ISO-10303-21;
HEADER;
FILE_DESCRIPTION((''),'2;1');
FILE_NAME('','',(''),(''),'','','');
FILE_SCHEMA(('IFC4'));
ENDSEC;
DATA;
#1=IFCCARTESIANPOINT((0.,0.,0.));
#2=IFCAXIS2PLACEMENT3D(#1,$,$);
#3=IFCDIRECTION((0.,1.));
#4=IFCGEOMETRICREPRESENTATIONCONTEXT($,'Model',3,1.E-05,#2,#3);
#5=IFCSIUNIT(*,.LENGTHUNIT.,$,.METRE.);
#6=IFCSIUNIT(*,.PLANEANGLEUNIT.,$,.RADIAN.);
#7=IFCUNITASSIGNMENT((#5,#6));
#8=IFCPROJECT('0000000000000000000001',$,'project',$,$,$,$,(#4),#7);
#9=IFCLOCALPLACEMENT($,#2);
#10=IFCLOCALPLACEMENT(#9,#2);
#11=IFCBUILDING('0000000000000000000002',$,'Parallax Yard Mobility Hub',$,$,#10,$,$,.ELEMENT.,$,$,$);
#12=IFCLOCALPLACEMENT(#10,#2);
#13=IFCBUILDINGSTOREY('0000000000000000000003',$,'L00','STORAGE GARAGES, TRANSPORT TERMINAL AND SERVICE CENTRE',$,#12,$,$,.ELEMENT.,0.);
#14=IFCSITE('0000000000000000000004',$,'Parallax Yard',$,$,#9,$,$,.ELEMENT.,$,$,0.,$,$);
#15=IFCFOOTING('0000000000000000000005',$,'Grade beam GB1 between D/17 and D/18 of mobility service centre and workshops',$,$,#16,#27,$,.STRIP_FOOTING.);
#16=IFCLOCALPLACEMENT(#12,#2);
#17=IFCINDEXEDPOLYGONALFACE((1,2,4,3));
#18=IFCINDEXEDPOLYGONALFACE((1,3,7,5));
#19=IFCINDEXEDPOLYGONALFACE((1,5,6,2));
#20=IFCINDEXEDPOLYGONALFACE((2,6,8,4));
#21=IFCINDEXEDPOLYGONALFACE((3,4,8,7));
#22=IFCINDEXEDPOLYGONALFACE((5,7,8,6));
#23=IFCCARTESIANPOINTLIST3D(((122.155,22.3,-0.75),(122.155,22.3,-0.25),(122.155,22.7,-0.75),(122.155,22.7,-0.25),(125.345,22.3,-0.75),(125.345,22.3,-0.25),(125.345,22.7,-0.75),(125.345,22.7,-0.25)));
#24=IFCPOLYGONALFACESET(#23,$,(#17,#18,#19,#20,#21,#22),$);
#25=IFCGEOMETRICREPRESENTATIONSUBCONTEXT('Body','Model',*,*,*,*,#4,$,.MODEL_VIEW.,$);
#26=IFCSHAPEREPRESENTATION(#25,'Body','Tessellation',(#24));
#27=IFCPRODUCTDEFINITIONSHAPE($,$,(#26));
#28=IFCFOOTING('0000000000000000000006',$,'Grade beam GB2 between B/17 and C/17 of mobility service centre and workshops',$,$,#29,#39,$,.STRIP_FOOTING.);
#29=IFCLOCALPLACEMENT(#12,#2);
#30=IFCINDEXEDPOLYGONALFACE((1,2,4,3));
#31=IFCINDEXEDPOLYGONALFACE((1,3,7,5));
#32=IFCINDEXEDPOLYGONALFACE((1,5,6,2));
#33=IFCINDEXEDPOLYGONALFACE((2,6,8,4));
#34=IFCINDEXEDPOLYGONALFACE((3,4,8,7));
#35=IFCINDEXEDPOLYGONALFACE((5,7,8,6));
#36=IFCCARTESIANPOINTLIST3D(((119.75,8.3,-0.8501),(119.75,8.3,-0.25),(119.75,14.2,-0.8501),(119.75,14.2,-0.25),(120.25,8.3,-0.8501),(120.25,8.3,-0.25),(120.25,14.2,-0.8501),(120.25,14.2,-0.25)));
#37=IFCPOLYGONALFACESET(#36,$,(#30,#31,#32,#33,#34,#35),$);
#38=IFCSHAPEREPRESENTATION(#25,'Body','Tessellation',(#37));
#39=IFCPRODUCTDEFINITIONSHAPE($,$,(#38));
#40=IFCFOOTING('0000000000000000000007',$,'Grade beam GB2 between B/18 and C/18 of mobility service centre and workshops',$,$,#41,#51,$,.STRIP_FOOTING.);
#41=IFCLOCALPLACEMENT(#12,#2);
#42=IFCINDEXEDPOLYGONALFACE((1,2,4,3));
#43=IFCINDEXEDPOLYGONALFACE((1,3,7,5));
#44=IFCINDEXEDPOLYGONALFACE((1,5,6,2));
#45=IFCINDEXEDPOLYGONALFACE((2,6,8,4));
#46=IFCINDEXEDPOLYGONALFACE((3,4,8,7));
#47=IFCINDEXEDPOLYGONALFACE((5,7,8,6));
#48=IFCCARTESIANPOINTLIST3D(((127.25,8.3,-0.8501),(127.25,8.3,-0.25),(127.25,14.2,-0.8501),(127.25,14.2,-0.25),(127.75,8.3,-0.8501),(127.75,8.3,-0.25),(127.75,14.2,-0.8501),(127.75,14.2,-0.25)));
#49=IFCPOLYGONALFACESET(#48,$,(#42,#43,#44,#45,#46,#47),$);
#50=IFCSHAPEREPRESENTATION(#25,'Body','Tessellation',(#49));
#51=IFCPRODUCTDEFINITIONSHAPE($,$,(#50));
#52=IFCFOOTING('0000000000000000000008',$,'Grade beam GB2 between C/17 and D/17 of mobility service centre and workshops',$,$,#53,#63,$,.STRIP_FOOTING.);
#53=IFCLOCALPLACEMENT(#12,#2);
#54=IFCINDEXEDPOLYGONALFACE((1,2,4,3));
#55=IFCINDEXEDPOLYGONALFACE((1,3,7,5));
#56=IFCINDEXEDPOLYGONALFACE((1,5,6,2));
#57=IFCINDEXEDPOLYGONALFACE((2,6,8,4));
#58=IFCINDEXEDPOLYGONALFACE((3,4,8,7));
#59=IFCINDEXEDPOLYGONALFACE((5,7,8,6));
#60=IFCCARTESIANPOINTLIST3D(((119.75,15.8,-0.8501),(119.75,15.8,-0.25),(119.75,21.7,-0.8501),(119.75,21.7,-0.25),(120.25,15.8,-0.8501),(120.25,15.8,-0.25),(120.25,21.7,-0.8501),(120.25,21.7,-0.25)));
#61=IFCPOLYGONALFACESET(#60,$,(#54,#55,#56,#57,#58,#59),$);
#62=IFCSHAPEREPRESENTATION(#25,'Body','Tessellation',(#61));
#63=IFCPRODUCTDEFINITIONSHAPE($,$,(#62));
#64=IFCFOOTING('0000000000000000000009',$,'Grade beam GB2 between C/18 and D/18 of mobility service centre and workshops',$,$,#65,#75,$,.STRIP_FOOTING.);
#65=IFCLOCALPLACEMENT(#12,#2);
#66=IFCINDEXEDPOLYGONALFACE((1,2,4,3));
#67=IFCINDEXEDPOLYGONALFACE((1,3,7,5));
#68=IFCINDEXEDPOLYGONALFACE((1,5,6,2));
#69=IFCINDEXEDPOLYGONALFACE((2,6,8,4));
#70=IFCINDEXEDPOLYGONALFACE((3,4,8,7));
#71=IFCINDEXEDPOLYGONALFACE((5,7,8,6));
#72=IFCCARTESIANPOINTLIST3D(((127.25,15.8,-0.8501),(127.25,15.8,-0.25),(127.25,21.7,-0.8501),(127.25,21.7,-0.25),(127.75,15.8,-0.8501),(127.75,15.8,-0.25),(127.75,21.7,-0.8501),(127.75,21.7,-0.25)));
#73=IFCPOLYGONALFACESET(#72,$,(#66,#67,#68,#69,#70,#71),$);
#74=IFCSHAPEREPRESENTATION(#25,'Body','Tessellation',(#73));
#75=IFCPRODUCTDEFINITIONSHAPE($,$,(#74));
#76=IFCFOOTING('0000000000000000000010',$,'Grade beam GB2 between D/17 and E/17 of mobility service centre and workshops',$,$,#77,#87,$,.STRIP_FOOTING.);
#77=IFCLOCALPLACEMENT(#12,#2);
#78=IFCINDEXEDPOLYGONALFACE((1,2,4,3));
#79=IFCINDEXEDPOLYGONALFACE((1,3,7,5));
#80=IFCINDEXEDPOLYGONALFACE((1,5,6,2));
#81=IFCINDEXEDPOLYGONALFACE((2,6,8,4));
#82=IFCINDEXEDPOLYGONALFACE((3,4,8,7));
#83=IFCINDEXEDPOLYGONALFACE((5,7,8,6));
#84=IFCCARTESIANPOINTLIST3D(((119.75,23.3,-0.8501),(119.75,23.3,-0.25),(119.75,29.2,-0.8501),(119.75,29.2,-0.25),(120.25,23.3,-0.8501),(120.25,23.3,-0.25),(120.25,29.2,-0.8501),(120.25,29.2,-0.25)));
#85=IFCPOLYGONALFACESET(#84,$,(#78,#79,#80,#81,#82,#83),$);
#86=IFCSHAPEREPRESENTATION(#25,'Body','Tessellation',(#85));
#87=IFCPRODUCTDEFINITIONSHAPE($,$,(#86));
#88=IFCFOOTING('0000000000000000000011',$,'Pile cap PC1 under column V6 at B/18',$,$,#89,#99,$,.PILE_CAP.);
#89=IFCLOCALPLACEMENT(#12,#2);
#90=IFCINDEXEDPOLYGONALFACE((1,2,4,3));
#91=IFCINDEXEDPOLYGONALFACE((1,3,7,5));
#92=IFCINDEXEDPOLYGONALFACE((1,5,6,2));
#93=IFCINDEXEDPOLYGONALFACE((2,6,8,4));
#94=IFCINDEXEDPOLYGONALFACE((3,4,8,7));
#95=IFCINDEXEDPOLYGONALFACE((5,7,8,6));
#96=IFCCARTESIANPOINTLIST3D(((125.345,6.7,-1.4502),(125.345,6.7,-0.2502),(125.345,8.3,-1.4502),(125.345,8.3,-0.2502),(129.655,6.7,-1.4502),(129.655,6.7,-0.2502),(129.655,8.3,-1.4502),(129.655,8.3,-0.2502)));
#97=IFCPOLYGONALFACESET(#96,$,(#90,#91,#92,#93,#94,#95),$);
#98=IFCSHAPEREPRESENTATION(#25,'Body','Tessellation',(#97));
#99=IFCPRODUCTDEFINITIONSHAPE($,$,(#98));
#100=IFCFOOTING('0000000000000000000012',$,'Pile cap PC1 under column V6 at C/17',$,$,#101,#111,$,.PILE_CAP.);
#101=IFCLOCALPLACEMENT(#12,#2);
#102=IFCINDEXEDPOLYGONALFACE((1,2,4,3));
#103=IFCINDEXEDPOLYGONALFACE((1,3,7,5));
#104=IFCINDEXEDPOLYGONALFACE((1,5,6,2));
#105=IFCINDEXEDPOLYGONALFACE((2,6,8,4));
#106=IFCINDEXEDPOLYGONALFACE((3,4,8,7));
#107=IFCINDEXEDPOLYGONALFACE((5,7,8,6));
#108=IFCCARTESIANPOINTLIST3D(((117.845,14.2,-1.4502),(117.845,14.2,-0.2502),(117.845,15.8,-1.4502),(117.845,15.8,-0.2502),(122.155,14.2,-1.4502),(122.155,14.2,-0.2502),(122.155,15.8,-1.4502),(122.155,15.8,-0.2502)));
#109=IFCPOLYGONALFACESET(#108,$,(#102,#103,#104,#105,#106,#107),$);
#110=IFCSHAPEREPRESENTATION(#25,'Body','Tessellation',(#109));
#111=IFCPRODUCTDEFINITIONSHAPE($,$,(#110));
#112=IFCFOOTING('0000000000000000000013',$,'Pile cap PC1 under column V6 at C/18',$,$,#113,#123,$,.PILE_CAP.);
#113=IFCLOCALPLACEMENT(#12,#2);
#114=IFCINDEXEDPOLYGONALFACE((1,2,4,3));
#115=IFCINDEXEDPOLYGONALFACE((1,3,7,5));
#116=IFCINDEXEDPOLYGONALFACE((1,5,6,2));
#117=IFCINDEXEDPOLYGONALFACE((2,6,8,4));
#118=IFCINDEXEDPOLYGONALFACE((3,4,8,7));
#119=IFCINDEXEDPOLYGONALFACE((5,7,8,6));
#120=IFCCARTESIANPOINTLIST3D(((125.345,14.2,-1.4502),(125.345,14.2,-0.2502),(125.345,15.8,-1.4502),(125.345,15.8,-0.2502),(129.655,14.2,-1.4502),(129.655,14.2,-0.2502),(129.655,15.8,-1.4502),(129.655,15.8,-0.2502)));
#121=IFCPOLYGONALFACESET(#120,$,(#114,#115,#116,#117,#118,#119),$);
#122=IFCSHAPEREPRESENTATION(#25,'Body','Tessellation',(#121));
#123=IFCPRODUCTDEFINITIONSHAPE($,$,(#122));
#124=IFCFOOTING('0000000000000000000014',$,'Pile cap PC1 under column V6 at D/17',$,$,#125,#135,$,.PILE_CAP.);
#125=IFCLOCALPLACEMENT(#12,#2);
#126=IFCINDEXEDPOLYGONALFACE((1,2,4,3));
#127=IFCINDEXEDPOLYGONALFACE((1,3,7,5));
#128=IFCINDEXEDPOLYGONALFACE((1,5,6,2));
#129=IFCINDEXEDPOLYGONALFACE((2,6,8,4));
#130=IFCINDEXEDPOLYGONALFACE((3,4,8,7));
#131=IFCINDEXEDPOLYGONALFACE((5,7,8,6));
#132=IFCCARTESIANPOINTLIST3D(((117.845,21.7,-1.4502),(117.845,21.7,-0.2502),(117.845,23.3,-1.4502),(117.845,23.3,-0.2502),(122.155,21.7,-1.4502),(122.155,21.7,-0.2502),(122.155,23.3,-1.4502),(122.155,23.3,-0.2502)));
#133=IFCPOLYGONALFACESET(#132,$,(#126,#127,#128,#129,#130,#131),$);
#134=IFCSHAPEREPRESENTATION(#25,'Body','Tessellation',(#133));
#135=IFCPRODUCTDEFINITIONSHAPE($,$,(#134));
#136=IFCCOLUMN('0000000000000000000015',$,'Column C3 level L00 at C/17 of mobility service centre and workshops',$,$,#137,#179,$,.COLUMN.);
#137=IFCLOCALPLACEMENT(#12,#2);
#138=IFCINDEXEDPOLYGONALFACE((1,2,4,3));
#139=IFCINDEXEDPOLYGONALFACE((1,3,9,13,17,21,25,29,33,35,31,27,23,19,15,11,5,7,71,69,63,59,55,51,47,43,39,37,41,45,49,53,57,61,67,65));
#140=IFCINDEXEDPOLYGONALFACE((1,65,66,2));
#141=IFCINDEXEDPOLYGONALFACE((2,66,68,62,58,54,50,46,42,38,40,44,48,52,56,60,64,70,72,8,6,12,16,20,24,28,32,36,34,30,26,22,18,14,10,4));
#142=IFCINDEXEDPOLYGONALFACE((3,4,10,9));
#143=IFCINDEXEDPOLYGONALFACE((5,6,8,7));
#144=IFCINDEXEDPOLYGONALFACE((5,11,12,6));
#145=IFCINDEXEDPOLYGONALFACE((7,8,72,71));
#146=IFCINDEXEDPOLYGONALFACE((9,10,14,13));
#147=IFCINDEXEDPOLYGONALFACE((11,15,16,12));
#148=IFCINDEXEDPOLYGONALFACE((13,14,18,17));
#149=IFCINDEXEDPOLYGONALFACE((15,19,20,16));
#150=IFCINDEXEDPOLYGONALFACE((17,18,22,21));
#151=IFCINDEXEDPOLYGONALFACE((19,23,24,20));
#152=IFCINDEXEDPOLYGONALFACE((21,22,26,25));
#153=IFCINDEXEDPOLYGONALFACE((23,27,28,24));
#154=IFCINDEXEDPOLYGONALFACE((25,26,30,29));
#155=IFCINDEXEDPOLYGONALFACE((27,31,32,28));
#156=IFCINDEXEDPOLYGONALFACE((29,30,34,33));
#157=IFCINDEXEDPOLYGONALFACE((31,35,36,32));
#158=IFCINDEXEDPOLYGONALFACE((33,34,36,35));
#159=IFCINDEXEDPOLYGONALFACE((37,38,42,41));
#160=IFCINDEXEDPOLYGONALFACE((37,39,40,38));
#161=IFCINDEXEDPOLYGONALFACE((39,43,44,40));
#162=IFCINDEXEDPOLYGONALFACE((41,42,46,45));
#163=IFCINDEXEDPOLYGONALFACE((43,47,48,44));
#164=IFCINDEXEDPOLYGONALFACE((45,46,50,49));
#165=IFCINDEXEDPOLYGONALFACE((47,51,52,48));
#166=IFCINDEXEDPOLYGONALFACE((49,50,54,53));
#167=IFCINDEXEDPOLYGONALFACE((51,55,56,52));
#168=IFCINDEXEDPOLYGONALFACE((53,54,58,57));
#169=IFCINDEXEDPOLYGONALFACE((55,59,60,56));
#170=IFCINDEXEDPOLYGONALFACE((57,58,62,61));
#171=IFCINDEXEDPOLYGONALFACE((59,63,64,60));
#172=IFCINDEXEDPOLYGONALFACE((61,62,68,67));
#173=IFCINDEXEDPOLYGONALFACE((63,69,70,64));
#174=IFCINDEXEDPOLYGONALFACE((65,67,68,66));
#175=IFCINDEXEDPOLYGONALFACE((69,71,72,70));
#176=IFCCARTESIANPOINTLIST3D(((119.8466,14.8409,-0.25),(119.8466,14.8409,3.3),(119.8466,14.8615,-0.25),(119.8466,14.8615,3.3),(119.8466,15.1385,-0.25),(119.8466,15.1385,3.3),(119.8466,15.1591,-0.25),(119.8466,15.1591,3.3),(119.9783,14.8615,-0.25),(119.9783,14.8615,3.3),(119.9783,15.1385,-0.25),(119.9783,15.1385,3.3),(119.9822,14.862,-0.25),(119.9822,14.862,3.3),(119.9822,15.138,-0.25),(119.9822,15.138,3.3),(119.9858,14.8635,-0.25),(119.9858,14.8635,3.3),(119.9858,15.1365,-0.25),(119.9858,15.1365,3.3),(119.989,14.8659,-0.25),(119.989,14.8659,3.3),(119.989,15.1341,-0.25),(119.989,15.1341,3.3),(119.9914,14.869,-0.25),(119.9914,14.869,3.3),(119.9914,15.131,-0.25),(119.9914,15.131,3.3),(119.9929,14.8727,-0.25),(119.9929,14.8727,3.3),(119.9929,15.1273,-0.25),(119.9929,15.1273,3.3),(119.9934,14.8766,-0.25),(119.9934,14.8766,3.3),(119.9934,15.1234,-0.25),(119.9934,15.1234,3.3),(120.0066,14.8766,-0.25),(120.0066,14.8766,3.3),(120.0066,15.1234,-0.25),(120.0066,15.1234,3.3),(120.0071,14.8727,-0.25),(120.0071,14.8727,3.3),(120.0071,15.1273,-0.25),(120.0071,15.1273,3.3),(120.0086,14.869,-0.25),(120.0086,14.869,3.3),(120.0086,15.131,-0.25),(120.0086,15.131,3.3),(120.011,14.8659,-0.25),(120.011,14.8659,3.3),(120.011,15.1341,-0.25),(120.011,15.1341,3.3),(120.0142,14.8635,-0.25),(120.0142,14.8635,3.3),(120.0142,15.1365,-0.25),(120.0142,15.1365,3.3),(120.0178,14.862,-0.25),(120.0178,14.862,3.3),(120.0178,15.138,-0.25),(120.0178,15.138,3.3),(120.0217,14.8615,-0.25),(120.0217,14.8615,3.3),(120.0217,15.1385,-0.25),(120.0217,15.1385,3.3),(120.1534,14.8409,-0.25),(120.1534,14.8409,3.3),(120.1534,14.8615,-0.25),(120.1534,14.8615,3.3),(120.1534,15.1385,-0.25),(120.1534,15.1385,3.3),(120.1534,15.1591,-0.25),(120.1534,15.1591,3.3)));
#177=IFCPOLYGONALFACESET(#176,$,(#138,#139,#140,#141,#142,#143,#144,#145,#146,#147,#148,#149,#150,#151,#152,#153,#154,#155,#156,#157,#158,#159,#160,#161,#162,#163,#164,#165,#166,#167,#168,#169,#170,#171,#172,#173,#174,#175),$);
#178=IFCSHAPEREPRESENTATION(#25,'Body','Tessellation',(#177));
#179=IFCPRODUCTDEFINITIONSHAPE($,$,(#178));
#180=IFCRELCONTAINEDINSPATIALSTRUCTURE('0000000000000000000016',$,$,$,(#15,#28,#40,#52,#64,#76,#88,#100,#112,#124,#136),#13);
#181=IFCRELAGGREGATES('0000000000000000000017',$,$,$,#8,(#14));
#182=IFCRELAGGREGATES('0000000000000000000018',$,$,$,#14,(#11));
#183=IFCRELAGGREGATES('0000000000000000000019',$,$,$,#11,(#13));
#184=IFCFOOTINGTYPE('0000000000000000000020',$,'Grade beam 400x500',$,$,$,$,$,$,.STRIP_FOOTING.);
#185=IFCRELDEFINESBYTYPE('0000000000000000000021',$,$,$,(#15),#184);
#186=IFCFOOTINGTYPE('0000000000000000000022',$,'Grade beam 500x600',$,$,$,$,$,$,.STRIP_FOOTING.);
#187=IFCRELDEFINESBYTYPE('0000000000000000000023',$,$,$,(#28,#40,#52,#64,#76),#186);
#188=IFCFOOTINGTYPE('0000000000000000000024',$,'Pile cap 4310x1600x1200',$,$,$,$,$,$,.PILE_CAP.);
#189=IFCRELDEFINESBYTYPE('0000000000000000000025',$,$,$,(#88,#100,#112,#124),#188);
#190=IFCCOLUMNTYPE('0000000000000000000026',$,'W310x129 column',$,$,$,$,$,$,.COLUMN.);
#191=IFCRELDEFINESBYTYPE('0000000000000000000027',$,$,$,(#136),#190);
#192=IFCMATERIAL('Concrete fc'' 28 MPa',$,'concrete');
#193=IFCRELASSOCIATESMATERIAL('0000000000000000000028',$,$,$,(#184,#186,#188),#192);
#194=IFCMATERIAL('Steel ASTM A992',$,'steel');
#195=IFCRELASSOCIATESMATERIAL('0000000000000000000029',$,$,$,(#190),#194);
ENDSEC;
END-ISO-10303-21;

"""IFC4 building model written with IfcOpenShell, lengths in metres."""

from ifc_helpers import new_model, si_unit, direction, frame, origin, origin_2d, place, context, subcontext, project, spatial, rectangle, i_section, extrude, material, material_profile, profile_set, type_object, element, save


model = new_model("IFC4")

# Units and contexts
model_context = context("Model", 3, precision=1e-05, world=origin(), true_north=direction((0.0, 1.0)))
body_context = subcontext(model_context, "Body", "Model", "MODEL_VIEW")
ifc_project = project(units=[si_unit("LENGTHUNIT", "METRE"), si_unit("PLANEANGLEUNIT", "RADIAN")], contexts=[model_context])

# Site, building, storey
site_placement = place(None, origin())
site = spatial("IfcSite", under=ifc_project, at=site_placement, Name="Parallax Yard", CompositionType="ELEMENT", RefElevation=0.0)
building_placement = place(site_placement, origin())
building = spatial("IfcBuilding", under=site, at=building_placement, Name="Parallax Yard Mobility Hub", CompositionType="ELEMENT")
storey_placement = place(building_placement, origin())
storey = spatial("IfcBuildingStorey", under=building, at=storey_placement, Name="L00", Description="STORAGE GARAGES, TRANSPORT TERMINAL AND SERVICE CENTRE", CompositionType="ELEMENT", Elevation=0.0)

# Shared definitions
ifc_material_1 = material(Name="Concrete fc' 28 MPa", Category="concrete")

# Footings
ifc_material_profile_1 = material_profile(ifc_material_1, rectangle(XDim=0.3999, YDim=0.5, at=origin_2d()), Name="Grade beam 400x500")
ifc_profile_set_1 = profile_set([ifc_material_profile_1], Name="Concrete fc' 28 MPa")
footing_type_1 = type_object("IfcFootingType", Name="Grade beam 400x500", PredefinedType="STRIP_FOOTING", material=ifc_profile_set_1)
for number, where, z_axis, x_axis, name in (
    (1, (122.155, 22.5, -0.5), (1.0, 0.0, 0.0), (0.0, 1.0, 0.0), "Grade beam GB1 between D/17 and D/18 of mobility service centre and workshops"),
):
    element("IfcFooting", number, at=place(storey_placement, frame(where, z_axis=z_axis, x_axis=x_axis)), inside=storey, type_object=footing_type_1, Name=name, PredefinedType="STRIP_FOOTING", context=body_context, shape_type="SweptSolid", body=[
        extrude(rectangle(XDim=0.3999, YDim=0.5, at=origin_2d()), origin(), (0.0, 0.0, 1.0), 3.1899),
    ])
ifc_material_profile_2 = material_profile(ifc_material_1, rectangle(XDim=0.5, YDim=0.6001, at=origin_2d()), Name="Grade beam 500x600")
ifc_profile_set_2 = profile_set([ifc_material_profile_2], Name="Concrete fc' 28 MPa")
footing_type_2 = type_object("IfcFootingType", Name="Grade beam 500x600", PredefinedType="STRIP_FOOTING", material=ifc_profile_set_2)
for number, where, z_axis, x_axis, name in (
    (2, (120.0, 8.3, -0.55), (0.0, 1.0, 0.0), (-1.0, 0.0, 0.0), "Grade beam GB2 between B/17 and C/17 of mobility service centre and workshops"),
    (3, (127.5, 8.3, -0.55), (0.0, 1.0, 0.0), (-1.0, 0.0, 0.0), "Grade beam GB2 between B/18 and C/18 of mobility service centre and workshops"),
    (4, (120.0, 15.8, -0.55), (0.0, 1.0, 0.0), (-1.0, 0.0, 0.0), "Grade beam GB2 between C/17 and D/17 of mobility service centre and workshops"),
    (5, (127.5, 15.8, -0.55), (0.0, 1.0, 0.0), (-1.0, 0.0, 0.0), "Grade beam GB2 between C/18 and D/18 of mobility service centre and workshops"),
    (6, (120.0, 23.3, -0.55), (0.0, 1.0, 0.0), (-1.0, 0.0, 0.0), "Grade beam GB2 between D/17 and E/17 of mobility service centre and workshops"),
):
    element("IfcFooting", number, at=place(storey_placement, frame(where, z_axis=z_axis, x_axis=x_axis)), inside=storey, type_object=footing_type_2, Name=name, PredefinedType="STRIP_FOOTING", context=body_context, shape_type="SweptSolid", body=[
        extrude(rectangle(XDim=0.5, YDim=0.6001, at=origin_2d()), origin(), (0.0, 0.0, 1.0), 5.8999),
    ])
footing_type_3 = type_object("IfcFootingType", Name="Pile cap 4310x1600x1200", PredefinedType="PILE_CAP", material=ifc_material_1)
for number, where, z_axis, x_axis, name in (
    (7, (127.5, 7.5, -1.4502), (0.0, 0.0, 1.0), (1.0, 0.0, 0.0), "Pile cap PC1 under column V6 at B/18"),
    (8, (120.0, 15.0, -1.4502), (0.0, 0.0, 1.0), (1.0, 0.0, 0.0), "Pile cap PC1 under column V6 at C/17"),
    (9, (127.5, 15.0, -1.4502), (0.0, 0.0, 1.0), (1.0, 0.0, 0.0), "Pile cap PC1 under column V6 at C/18"),
    (10, (120.0, 22.5, -1.4502), (0.0, 0.0, 1.0), (1.0, 0.0, 0.0), "Pile cap PC1 under column V6 at D/17"),
):
    element("IfcFooting", number, at=place(storey_placement, frame(where, z_axis=z_axis, x_axis=x_axis)), inside=storey, type_object=footing_type_3, Name=name, PredefinedType="PILE_CAP", context=body_context, shape_type="SweptSolid", body=[
        extrude(rectangle(XDim=4.3101, YDim=1.6001, at=origin_2d()), origin(), (0.0, 0.0, 1.0), 1.2),
    ])

# Column
ifc_material_2 = material(Name="Steel ASTM A992", Category="steel")
ifc_material_profile_3 = material_profile(ifc_material_2, i_section(OverallWidth=0.3069, OverallDepth=0.3181, WebThickness=0.0132, FlangeThickness=0.0205, FilletRadius=0.0151, at=origin_2d()), Name="W310x129")
ifc_profile_set_3 = profile_set([ifc_material_profile_3], Name="Steel ASTM A992")
column_type_1 = type_object("IfcColumnType", Name="W310x129 column", PredefinedType="COLUMN", material=ifc_profile_set_3)
for number, where, z_axis, x_axis, name in (
    (11, (120.0, 15.0, -0.25), (0.0, 0.0, 1.0), (1.0, 0.0, 0.0), "Column C3 level L00 at C/17 of mobility service centre and workshops"),
):
    element("IfcColumn", number, at=place(storey_placement, frame(where, z_axis=z_axis, x_axis=x_axis)), inside=storey, type_object=column_type_1, Name=name, PredefinedType="COLUMN", context=body_context, shape_type="SweptSolid", body=[
        extrude(i_section(OverallWidth=0.3069, OverallDepth=0.3181, WebThickness=0.0132, FlangeThickness=0.0205, FilletRadius=0.0151, at=origin_2d()), origin(), (0.0, 0.0, 1.0), 3.55),
    ])

save(model, "model.ifc")
